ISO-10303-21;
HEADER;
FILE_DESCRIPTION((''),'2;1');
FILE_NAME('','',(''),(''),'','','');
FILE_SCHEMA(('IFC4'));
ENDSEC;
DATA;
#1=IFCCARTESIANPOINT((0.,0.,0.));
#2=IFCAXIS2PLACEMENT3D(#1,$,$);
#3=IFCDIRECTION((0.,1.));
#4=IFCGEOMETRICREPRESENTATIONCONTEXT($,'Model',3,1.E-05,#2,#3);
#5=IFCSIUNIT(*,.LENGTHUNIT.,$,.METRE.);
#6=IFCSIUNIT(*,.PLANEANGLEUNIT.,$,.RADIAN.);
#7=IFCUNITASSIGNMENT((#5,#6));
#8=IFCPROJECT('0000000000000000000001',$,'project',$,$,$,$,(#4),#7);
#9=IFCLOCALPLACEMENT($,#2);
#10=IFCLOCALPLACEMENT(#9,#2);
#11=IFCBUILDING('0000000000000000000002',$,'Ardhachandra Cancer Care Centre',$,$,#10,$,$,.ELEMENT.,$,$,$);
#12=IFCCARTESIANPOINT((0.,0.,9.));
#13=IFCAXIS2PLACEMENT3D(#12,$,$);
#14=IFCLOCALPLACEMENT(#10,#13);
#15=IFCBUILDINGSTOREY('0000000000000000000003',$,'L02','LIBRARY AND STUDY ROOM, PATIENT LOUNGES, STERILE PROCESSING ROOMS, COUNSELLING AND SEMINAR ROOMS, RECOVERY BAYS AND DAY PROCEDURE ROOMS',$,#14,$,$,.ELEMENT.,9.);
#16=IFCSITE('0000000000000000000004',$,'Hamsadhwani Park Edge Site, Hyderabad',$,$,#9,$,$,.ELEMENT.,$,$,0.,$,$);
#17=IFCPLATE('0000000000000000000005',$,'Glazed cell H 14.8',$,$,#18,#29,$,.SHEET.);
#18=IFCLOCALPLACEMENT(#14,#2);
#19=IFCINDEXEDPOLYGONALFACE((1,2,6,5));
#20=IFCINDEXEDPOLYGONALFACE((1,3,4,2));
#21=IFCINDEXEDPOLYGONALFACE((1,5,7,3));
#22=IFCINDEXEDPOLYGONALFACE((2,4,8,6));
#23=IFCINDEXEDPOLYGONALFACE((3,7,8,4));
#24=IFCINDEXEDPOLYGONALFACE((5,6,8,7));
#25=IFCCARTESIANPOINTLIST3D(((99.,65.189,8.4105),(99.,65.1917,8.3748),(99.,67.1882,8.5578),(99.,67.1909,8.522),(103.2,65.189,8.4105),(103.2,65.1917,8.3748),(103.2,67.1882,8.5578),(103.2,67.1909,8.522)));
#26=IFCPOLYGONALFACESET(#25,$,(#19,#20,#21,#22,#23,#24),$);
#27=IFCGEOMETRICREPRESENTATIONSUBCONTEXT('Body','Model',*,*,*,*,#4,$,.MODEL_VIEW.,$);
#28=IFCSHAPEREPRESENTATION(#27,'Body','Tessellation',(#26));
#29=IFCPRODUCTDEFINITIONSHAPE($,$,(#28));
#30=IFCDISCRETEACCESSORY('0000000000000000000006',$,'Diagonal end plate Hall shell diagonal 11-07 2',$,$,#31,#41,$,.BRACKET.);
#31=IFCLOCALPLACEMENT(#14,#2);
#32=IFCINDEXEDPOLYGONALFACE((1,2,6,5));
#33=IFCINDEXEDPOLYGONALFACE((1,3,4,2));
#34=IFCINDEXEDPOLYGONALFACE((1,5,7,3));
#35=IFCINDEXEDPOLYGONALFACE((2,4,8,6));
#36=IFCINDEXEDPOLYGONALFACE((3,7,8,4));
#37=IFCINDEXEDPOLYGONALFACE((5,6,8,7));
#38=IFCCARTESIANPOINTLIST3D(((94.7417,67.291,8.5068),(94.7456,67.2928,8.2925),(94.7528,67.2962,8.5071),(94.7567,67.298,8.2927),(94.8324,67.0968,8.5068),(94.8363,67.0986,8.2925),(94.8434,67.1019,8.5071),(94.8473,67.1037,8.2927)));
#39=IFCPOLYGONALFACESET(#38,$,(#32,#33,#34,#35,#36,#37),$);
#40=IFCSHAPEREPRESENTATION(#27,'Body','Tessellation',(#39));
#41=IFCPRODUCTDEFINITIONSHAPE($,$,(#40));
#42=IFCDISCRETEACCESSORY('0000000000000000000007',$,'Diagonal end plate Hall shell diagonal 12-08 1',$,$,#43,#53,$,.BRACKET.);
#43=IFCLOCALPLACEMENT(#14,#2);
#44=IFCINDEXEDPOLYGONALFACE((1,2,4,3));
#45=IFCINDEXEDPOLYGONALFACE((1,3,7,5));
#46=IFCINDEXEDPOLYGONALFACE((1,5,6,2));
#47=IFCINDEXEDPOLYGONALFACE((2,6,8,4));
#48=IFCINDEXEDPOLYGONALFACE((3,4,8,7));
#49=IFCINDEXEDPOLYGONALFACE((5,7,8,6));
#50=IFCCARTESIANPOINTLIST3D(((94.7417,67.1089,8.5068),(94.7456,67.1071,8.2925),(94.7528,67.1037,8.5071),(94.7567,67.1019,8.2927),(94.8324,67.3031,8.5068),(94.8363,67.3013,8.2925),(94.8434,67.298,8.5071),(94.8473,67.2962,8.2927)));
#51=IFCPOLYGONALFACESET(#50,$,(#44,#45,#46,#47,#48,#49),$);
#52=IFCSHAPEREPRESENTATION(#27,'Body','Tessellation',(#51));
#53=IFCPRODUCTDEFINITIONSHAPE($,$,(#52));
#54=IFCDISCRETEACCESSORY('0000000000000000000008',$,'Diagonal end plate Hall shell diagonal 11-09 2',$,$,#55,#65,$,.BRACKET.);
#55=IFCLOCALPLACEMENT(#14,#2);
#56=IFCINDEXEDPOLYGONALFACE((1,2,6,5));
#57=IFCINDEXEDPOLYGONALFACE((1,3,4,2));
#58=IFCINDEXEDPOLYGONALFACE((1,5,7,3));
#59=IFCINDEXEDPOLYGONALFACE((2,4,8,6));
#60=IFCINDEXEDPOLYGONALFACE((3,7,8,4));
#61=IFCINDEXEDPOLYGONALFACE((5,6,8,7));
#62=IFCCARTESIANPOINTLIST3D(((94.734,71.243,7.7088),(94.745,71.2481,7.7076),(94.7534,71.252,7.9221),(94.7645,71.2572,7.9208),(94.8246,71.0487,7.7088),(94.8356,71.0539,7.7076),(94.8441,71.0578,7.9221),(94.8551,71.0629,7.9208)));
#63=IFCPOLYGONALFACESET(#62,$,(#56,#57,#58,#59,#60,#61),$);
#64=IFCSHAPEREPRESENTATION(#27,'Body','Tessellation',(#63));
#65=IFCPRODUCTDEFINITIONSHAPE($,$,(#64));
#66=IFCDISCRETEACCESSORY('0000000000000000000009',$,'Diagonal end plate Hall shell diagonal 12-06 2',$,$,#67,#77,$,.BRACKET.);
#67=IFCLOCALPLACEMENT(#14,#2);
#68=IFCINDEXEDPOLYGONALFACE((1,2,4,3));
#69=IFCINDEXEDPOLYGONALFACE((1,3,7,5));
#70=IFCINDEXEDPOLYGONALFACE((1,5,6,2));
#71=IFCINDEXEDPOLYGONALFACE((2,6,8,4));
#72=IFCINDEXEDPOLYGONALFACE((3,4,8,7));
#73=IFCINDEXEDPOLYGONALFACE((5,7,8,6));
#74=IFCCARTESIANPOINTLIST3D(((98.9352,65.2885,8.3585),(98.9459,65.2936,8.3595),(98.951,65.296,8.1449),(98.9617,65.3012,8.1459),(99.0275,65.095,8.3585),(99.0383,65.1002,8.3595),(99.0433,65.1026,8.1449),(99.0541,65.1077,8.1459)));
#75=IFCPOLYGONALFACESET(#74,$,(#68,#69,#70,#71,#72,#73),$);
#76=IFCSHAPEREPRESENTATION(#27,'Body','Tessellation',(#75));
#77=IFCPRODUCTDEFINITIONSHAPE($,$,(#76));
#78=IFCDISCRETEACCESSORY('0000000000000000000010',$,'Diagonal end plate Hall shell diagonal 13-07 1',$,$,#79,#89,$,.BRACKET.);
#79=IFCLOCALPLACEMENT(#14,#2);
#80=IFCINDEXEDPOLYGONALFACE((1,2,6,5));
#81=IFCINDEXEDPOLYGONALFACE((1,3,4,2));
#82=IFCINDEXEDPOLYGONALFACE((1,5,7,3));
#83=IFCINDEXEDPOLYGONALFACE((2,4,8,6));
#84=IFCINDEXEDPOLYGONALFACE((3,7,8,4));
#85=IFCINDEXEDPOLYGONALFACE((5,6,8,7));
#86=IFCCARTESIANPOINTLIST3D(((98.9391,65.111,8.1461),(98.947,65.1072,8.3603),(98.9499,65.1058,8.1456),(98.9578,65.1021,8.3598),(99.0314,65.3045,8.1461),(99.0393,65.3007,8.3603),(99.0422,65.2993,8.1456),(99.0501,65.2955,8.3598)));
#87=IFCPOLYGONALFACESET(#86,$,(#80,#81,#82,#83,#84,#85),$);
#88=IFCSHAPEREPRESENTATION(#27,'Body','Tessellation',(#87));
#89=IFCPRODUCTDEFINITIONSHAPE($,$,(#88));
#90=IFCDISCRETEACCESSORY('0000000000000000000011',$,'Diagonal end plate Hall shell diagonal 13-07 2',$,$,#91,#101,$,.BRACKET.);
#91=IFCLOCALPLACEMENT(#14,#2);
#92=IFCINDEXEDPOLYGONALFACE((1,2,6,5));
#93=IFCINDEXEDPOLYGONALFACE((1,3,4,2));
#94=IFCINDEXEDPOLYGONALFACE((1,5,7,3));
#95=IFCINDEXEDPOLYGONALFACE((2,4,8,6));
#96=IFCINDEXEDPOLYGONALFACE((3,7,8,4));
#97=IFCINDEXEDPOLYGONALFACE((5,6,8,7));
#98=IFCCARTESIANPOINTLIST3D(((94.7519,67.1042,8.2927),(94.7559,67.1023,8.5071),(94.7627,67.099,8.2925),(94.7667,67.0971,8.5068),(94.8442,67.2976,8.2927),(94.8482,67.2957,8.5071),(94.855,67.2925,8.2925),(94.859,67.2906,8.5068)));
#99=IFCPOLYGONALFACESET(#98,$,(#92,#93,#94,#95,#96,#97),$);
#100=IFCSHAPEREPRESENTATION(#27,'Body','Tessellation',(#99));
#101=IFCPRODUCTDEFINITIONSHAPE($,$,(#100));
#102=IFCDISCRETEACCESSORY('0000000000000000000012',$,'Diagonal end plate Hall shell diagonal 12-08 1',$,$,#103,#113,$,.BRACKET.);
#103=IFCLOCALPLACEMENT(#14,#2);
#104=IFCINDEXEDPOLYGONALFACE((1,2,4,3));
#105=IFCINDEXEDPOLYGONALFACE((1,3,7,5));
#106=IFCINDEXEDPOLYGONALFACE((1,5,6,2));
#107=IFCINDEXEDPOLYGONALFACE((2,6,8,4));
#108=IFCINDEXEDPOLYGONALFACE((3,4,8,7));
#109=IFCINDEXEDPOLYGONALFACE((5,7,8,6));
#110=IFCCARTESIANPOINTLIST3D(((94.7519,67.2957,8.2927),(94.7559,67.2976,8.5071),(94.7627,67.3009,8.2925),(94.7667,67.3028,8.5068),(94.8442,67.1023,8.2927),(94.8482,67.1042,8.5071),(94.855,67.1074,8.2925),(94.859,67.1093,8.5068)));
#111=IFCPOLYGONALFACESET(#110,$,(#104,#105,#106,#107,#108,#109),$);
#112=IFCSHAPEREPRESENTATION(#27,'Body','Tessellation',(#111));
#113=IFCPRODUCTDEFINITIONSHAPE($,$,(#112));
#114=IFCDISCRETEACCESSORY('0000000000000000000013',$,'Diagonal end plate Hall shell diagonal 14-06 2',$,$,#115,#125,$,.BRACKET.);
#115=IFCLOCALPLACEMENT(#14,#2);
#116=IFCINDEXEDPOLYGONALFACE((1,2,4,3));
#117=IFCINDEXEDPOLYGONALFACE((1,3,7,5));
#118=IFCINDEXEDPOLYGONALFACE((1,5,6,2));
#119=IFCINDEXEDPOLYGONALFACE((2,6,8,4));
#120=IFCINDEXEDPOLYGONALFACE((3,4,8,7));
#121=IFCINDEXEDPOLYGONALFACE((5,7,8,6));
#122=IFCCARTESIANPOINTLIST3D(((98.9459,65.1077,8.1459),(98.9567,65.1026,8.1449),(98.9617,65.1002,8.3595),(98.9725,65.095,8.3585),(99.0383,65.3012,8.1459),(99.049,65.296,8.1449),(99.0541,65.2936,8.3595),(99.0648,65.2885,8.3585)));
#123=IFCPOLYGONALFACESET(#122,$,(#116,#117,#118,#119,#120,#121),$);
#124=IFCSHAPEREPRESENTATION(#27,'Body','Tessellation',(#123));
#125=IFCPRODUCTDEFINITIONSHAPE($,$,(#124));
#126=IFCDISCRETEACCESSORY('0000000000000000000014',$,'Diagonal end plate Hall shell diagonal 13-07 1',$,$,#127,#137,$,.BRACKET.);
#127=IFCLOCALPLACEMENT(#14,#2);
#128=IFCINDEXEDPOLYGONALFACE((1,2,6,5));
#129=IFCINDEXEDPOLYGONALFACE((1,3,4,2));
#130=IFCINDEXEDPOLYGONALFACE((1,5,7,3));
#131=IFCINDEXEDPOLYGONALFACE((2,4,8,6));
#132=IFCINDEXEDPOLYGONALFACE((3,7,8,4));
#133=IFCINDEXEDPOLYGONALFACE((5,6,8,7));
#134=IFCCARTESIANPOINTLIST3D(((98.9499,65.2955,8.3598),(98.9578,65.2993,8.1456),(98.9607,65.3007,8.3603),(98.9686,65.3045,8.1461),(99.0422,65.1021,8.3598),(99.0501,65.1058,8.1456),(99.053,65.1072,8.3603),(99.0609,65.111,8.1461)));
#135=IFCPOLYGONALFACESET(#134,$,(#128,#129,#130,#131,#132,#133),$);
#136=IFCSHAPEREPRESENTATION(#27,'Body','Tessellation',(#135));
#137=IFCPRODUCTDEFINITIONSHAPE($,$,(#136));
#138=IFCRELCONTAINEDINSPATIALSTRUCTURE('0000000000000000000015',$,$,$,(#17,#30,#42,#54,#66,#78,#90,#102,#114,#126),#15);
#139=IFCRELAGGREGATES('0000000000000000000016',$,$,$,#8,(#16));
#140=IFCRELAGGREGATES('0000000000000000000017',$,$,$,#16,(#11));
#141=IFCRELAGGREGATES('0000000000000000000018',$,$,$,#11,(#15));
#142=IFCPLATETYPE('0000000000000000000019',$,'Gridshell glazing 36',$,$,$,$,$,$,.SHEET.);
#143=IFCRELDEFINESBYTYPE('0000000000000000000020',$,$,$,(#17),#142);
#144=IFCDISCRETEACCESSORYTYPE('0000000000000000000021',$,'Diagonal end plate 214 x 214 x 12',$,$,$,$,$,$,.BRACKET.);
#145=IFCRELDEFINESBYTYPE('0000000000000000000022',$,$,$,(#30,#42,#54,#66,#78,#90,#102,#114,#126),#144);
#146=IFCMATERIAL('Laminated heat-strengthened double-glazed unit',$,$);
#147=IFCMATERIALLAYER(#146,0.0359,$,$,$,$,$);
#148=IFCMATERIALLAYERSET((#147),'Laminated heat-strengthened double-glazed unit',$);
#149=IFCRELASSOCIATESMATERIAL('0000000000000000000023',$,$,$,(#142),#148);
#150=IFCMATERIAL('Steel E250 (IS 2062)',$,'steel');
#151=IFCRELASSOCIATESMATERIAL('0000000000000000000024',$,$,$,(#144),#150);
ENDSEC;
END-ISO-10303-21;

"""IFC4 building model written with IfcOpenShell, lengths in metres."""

from ifc_helpers import new_model, si_unit, direction, frame, origin, origin_2d, place, context, subcontext, project, spatial, polyline, rectangle, outline, extrude, material, layer, layer_set, material_profile, profile_set, type_object, element, save


model = new_model("IFC4")

# Units and contexts
model_context = context("Model", 3, precision=1e-05, world=origin(), true_north=direction((0.0, 1.0)))
body_context = subcontext(model_context, "Body", "Model", "MODEL_VIEW")
ifc_project = project(units=[si_unit("LENGTHUNIT", "METRE"), si_unit("PLANEANGLEUNIT", "RADIAN")], contexts=[model_context])

# Site, building, storey
site_placement = place(None, origin())
site = spatial("IfcSite", under=ifc_project, at=site_placement, Name="Hamsadhwani Park Edge Site, Hyderabad", CompositionType="ELEMENT", RefElevation=0.0)
building_placement = place(site_placement, origin())
building = spatial("IfcBuilding", under=site, at=building_placement, Name="Ardhachandra Cancer Care Centre", CompositionType="ELEMENT")
storey_placement = place(building_placement, frame((0.0, 0.0, 9.0)))
storey = spatial("IfcBuildingStorey", under=building, at=storey_placement, Name="L02", Description="LIBRARY AND STUDY ROOM, PATIENT LOUNGES, STERILE PROCESSING ROOMS, COUNSELLING AND SEMINAR ROOMS, RECOVERY BAYS AND DAY PROCEDURE ROOMS", CompositionType="ELEMENT", Elevation=9.0)

# Plate
ifc_material_1 = material(Name="Laminated heat-strengthened double-glazed unit")
ifc_layer = layer(ifc_material_1, 0.0359)
ifc_layer_set = layer_set([ifc_layer], Name="Laminated heat-strengthened double-glazed unit")
plate_type = type_object("IfcPlateType", Name="Gridshell glazing 36", PredefinedType="SHEET", material=ifc_layer_set)
plate_1_placement = place(storey_placement, frame((99.0, 65.1917, 8.3748), z_axis=(0.0, -0.073437, 0.9973), x_axis=(1.0, 0.0, 0.0)))
element("IfcPlate", 1, at=plate_1_placement, inside=storey, type_object=plate_type, Name="Glazed cell H 14.8", PredefinedType="SHEET", context=body_context, shape_type="SweptSolid", body=[
    extrude(outline(polyline([(0.0, 0.0), (4.2, 0.0), (4.2, 2.0046), (0.0, 2.0046), (0.0, 0.0)])), origin(), (0.0, 0.0, 1.0), 0.0359),
])

# Discrete accessories
ifc_material_2 = material(Name="Steel E250 (IS 2062)", Category="steel")
ifc_material_profile_1 = material_profile(ifc_material_2, rectangle(XDim=0.2144, YDim=0.2144, at=origin_2d()), Name="PL 214x214x12")
ifc_profile_set_1 = profile_set([ifc_material_profile_1], Name="Steel E250 (IS 2062)")
discrete_accessory_type = type_object("IfcDiscreteAccessoryType", Name="Diagonal end plate 214 x 214 x 12", PredefinedType="BRACKET", material=ifc_profile_set_1)
for number, where, z_axis, x_axis, name in (
    (2, (94.8, 67.2, 8.3999), (-0.905999, -0.4228, -0.020133), (0.422885, -0.906183, 0.0), "Diagonal end plate Hall shell diagonal 11-07 2"),
    (3, (94.8, 67.2, 8.3999), (-0.905999, 0.4228, -0.020133), (-0.422885, -0.906183, 0.0), "Diagonal end plate Hall shell diagonal 12-08 1"),
    (4, (94.8, 71.1555, 7.8142), (-0.901624, -0.420758, 0.10018), (0.422885, -0.906183, 0.0), "Diagonal end plate Hall shell diagonal 11-09 2"),
):
    element("IfcDiscreteAccessory", number, at=place(storey_placement, frame(where, z_axis=z_axis, x_axis=x_axis)), inside=storey, type_object=discrete_accessory_type, Name=name, PredefinedType="BRACKET", context=body_context, shape_type="SweptSolid", body=[
        extrude(rectangle(XDim=0.2144, YDim=0.2144, at=origin_2d()), origin(), (0.0, 0.0, 1.0), 0.0122),
    ])
for number, where, z_axis, x_axis, name in (
    (5, (99.0, 65.2007, 8.2527), (-0.899459, -0.429287, -0.081769), (0.43073, -0.902481, 0.0), "Diagonal end plate Hall shell diagonal 12-06 2"),
    (6, (99.0, 65.2007, 8.2527), (-0.901723, 0.430368, 0.040987), (-0.43073, -0.902481, 0.0), "Diagonal end plate Hall shell diagonal 13-07 1"),
    (7, (94.8, 67.2, 8.3999), (0.902291, -0.430639, -0.020507), (0.43073, 0.902481, 0.0), "Diagonal end plate Hall shell diagonal 13-07 2"),
    (8, (94.8, 67.2, 8.3999), (0.902291, 0.430639, -0.020507), (-0.43073, 0.902481, 0.0), "Diagonal end plate Hall shell diagonal 12-08 1"),
    (9, (99.0, 65.2007, 8.2527), (0.899459, -0.429287, -0.081769), (0.43073, 0.902481, 0.0), "Diagonal end plate Hall shell diagonal 14-06 2"),
    (10, (99.0, 65.2007, 8.2527), (0.901723, 0.430368, 0.040987), (-0.43073, 0.902481, 0.0), "Diagonal end plate Hall shell diagonal 13-07 1"),
):
    element("IfcDiscreteAccessory", number, at=place(storey_placement, frame(where, z_axis=z_axis, x_axis=x_axis)), inside=storey, type_object=discrete_accessory_type, Name=name, PredefinedType="BRACKET", context=body_context, shape_type="SweptSolid", body=[
        extrude(rectangle(XDim=0.2144, YDim=0.2144, at=origin_2d()), origin(), (0.0, 0.0, 1.0), 0.012),
    ])

save(model, "model.ifc")
